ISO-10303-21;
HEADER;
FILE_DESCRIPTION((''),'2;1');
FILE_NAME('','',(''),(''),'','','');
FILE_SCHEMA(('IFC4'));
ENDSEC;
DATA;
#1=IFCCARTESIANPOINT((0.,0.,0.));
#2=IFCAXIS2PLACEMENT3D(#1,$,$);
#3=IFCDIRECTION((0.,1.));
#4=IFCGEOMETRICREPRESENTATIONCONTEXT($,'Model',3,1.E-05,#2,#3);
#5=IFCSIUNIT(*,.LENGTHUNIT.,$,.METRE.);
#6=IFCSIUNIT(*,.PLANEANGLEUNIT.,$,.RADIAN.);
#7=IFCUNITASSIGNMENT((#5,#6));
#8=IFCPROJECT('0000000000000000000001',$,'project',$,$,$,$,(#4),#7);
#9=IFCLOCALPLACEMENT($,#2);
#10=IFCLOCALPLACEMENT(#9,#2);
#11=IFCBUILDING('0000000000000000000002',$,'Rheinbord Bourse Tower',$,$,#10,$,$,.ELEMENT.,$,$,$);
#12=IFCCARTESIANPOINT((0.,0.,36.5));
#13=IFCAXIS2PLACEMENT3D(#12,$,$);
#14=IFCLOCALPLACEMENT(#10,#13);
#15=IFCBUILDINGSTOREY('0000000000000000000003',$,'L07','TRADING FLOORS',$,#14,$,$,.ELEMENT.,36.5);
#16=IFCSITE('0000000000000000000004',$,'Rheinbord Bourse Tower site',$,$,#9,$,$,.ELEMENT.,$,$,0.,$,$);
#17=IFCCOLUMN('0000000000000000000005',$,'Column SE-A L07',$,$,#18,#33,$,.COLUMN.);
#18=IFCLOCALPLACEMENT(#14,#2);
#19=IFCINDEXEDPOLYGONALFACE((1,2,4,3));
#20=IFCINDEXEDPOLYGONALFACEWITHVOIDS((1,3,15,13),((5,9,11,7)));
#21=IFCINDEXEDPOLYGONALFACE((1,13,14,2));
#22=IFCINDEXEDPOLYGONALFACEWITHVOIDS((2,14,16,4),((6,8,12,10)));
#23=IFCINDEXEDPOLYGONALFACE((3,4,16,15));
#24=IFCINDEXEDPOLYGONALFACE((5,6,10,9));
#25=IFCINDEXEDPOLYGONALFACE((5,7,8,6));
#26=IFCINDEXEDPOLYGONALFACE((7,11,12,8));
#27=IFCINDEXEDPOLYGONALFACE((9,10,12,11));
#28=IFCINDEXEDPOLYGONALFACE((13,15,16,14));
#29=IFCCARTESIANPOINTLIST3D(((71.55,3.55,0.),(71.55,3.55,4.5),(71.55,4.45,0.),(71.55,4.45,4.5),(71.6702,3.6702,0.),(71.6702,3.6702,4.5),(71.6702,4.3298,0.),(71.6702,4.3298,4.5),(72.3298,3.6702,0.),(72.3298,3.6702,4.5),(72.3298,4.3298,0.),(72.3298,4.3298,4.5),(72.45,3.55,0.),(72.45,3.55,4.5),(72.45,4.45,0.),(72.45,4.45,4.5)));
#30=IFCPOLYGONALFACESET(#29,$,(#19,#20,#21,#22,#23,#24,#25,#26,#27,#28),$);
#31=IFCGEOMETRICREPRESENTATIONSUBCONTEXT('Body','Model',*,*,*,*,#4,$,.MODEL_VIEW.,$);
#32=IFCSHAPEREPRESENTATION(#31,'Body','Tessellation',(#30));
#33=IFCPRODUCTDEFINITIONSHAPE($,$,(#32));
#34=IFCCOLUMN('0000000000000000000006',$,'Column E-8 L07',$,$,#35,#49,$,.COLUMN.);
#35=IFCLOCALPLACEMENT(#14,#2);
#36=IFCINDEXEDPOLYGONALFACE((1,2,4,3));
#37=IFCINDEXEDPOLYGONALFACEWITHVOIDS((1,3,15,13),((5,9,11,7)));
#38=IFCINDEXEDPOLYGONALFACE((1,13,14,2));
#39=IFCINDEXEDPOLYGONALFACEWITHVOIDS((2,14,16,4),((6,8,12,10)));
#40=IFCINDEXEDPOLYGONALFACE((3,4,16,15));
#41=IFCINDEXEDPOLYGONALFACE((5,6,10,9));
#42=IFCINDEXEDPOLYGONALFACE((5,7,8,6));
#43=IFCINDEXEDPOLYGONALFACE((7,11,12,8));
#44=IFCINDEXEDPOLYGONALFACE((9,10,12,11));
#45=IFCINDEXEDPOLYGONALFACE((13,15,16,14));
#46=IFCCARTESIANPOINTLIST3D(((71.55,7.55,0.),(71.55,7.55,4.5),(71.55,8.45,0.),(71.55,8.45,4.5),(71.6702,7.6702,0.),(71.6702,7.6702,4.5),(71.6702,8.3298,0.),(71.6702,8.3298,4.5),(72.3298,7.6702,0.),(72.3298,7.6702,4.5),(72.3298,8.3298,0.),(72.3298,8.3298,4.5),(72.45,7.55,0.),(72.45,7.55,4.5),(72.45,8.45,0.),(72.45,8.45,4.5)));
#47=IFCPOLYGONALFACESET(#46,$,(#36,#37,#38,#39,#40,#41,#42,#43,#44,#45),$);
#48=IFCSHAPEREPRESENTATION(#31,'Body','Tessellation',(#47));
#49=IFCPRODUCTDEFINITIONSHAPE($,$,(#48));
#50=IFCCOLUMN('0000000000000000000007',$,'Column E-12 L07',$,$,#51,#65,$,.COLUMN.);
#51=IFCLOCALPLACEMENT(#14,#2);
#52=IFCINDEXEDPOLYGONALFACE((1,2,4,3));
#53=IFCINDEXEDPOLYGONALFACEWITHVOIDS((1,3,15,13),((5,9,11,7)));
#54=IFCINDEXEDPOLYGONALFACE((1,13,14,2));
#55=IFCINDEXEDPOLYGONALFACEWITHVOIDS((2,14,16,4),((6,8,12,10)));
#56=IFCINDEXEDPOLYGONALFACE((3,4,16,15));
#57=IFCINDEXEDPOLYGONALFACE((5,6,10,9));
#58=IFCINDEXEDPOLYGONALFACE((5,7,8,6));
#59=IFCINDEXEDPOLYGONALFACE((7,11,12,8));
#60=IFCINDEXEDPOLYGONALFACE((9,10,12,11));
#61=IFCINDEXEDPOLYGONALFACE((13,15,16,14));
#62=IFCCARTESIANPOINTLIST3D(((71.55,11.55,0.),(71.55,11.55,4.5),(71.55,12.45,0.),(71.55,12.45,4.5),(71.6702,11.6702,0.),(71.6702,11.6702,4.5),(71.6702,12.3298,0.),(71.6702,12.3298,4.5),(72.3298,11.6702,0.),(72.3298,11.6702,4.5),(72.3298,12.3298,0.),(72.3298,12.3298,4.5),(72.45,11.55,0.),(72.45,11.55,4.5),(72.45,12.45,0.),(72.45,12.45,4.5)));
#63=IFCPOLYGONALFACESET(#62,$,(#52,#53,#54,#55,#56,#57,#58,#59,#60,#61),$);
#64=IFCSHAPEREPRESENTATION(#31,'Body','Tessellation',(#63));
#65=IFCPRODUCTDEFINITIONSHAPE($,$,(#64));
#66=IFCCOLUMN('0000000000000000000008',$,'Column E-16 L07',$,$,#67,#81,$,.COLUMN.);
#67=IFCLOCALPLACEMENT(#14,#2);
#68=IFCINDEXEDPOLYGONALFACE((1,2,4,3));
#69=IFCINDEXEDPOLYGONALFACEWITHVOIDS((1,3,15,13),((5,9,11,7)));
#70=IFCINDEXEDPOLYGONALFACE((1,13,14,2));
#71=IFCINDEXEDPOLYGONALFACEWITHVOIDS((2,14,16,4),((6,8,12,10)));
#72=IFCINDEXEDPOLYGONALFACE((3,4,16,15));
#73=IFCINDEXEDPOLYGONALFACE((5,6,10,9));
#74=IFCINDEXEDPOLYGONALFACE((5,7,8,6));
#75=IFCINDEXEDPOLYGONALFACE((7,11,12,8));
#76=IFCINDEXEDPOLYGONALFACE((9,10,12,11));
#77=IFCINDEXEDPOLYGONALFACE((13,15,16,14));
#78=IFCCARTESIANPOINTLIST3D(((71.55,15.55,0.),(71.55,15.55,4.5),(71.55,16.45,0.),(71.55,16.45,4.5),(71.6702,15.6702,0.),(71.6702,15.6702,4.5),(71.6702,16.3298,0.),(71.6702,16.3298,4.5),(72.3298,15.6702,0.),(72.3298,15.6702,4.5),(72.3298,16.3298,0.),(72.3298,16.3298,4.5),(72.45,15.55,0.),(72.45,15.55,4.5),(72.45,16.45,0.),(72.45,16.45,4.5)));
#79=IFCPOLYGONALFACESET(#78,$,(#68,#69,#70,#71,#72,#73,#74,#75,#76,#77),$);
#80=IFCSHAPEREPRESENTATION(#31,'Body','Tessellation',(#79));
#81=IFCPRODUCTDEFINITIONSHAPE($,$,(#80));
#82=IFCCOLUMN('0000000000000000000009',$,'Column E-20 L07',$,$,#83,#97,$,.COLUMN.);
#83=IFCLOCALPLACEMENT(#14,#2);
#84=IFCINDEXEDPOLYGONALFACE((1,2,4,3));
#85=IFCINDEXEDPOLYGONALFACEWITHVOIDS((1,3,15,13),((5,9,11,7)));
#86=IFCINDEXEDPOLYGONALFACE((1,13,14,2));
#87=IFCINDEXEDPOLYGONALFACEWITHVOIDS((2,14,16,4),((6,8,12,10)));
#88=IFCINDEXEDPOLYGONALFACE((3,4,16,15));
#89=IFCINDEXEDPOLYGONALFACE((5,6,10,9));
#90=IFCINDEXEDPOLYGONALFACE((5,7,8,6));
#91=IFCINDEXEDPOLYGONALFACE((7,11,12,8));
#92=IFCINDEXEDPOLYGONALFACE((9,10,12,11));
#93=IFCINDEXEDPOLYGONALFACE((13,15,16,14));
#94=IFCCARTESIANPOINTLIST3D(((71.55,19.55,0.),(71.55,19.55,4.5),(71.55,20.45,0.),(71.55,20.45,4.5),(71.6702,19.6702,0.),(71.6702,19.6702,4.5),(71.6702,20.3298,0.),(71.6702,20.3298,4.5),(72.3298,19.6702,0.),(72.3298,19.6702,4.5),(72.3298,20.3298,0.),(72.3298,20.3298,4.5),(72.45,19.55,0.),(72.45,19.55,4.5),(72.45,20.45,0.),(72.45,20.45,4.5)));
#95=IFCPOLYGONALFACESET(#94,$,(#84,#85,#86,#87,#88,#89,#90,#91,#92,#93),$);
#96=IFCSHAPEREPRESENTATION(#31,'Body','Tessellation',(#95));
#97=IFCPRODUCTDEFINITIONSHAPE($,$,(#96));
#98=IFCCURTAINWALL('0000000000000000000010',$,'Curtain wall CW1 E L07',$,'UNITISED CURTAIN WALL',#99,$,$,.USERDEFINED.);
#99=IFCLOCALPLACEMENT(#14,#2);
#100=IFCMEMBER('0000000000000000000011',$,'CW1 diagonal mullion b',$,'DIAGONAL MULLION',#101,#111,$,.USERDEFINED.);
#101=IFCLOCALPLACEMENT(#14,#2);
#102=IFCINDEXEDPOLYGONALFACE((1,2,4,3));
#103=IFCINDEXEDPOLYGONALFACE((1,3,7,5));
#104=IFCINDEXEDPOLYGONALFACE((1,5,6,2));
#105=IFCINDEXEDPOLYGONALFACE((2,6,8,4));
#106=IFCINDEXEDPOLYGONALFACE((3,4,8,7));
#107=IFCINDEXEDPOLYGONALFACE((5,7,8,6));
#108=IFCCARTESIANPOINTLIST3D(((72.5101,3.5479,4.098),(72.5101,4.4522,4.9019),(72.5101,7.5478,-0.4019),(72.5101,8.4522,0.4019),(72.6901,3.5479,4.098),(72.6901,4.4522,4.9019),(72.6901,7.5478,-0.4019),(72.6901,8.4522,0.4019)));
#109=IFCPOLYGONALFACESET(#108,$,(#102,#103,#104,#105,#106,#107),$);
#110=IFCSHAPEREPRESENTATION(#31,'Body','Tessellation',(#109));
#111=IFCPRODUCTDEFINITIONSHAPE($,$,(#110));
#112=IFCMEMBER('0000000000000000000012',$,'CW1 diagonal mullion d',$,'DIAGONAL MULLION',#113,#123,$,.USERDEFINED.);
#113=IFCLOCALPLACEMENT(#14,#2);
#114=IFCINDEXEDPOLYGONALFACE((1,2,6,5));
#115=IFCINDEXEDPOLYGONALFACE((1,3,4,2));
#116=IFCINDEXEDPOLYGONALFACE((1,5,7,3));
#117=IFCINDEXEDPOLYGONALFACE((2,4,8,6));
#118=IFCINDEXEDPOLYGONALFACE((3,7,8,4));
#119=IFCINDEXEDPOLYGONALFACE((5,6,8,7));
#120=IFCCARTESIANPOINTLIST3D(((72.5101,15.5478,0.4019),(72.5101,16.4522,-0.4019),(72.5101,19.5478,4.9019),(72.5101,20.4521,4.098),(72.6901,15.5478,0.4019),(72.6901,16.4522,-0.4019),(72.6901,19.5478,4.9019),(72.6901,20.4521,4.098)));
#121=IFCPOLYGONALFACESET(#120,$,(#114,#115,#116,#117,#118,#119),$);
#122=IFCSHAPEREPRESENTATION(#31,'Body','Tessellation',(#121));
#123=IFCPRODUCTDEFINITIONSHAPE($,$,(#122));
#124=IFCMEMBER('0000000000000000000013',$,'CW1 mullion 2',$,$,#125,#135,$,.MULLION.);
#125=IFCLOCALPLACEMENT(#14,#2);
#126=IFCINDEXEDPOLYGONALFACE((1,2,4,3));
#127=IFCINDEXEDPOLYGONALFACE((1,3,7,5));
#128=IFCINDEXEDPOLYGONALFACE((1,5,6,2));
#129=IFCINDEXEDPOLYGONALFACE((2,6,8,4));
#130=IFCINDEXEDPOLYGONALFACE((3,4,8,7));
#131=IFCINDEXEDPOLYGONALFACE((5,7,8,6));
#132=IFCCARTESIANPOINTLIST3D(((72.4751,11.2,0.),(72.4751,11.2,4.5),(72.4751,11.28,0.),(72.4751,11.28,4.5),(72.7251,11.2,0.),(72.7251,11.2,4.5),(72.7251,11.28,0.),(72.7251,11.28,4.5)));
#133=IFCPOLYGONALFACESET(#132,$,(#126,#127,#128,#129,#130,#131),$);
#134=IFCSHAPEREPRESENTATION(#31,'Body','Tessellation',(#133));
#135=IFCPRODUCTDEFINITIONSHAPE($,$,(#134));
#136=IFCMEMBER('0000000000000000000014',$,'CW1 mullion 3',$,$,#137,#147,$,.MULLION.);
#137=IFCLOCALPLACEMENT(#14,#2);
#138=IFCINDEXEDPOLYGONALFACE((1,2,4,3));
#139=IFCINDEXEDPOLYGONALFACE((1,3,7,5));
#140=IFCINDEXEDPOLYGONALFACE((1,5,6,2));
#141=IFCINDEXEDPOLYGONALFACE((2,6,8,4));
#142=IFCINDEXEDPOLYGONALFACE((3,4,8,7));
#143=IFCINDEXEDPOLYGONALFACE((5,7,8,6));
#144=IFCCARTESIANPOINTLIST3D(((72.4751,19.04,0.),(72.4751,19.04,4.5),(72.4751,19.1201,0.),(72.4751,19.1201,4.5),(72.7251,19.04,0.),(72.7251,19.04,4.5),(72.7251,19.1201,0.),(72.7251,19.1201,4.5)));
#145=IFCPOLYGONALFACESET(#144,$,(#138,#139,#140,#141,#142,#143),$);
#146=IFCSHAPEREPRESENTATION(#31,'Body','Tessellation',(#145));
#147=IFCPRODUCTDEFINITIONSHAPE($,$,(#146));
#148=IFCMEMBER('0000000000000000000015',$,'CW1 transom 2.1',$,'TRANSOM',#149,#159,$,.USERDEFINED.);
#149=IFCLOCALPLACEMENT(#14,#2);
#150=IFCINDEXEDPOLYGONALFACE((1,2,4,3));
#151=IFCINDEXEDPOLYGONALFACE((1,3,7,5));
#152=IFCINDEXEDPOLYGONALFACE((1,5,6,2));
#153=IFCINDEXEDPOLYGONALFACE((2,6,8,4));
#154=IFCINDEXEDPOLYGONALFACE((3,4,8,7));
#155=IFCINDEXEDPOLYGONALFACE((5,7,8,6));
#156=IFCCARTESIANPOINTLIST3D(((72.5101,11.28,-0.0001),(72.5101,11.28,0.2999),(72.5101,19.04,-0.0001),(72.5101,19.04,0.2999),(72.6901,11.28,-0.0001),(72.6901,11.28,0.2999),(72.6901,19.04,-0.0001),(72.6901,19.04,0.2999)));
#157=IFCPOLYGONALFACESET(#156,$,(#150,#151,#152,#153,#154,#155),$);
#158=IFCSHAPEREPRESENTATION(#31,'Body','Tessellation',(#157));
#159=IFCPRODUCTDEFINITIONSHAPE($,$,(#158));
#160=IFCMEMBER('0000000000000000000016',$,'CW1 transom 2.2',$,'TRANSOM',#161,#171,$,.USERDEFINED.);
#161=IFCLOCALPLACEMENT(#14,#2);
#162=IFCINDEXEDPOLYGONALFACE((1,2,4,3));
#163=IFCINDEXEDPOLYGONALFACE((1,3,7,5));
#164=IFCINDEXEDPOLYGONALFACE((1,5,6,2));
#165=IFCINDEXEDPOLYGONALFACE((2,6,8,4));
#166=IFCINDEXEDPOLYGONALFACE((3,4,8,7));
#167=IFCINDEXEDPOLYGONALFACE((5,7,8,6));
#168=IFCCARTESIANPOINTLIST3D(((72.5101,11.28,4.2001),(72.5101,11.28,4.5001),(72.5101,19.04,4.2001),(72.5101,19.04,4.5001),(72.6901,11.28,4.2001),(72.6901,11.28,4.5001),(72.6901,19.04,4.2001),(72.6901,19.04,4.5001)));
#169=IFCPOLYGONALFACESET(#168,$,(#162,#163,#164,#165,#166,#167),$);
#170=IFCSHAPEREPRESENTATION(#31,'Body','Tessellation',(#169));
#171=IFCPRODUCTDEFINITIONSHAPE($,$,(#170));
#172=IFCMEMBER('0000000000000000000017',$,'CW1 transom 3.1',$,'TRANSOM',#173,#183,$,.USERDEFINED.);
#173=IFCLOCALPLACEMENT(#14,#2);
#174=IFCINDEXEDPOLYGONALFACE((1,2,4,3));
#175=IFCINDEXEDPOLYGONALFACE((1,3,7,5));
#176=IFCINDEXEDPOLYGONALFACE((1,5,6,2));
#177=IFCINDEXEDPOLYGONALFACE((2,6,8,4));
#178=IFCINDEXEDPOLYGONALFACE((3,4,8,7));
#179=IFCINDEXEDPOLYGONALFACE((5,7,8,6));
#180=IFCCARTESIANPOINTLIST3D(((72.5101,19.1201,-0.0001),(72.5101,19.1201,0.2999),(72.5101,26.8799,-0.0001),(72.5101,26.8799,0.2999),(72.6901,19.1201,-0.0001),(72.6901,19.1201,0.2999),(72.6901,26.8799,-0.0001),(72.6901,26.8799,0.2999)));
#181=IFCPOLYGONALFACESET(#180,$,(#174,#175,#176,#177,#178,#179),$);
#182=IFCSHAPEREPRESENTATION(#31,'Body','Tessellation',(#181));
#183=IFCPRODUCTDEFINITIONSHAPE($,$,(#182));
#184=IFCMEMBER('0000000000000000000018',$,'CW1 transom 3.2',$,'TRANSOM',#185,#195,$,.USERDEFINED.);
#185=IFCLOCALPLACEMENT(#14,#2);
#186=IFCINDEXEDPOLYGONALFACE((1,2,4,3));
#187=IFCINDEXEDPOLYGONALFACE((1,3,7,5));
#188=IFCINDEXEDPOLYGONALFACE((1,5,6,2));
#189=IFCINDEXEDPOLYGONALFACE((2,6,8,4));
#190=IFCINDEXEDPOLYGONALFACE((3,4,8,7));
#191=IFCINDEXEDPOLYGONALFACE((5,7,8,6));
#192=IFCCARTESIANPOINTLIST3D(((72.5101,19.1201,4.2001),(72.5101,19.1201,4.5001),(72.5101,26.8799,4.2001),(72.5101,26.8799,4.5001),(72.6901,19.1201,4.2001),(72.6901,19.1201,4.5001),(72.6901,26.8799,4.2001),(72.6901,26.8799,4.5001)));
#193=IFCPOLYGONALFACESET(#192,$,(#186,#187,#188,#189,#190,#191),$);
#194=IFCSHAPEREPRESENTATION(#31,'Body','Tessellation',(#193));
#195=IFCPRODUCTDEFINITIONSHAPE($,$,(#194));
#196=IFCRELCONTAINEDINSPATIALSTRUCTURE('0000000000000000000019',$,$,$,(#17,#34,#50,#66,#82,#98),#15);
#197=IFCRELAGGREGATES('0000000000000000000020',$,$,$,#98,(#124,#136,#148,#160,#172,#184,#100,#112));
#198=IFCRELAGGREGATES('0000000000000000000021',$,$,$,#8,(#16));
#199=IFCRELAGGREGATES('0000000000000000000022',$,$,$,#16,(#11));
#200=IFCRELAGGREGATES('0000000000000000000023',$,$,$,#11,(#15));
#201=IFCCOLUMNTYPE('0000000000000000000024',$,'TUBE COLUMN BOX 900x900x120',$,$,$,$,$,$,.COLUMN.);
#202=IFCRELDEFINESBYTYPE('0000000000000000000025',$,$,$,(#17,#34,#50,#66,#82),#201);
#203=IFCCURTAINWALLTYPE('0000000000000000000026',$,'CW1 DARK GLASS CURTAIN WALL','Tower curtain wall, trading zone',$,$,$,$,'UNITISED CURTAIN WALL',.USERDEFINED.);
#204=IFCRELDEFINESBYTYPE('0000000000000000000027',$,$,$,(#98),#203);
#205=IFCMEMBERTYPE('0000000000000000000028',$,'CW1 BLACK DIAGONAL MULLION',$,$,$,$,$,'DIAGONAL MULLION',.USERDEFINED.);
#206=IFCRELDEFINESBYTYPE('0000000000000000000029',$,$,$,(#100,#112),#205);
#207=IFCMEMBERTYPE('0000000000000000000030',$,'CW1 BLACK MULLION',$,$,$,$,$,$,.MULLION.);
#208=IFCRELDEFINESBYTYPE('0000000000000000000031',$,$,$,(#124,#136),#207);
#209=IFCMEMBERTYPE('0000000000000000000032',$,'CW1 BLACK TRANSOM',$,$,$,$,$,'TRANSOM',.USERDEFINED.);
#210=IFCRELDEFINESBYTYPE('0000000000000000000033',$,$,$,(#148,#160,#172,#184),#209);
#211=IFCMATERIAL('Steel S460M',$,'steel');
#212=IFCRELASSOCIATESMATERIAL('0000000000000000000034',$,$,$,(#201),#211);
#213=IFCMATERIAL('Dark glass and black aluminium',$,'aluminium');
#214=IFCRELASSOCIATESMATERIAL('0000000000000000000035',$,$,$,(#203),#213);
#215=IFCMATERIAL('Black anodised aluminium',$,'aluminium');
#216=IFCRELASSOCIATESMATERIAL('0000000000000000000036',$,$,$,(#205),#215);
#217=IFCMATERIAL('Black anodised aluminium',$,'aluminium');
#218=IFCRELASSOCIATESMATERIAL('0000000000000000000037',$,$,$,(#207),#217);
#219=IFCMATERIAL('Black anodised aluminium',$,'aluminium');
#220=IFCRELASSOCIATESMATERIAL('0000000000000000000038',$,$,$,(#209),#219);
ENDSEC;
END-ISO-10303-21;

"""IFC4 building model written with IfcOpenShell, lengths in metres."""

from ifc_helpers import new_model, si_unit, direction, frame, origin, origin_2d, place, context, subcontext, project, spatial, rectangle, hollow_rectangle, extrude, material, material_profile, profile_set, type_object, element, aggregate, save


model = new_model("IFC4")

# Units and contexts
model_context = context("Model", 3, precision=1e-05, world=origin(), true_north=direction((0.0, 1.0)))
body_context = subcontext(model_context, "Body", "Model", "MODEL_VIEW")
ifc_project = project(units=[si_unit("LENGTHUNIT", "METRE"), si_unit("PLANEANGLEUNIT", "RADIAN")], contexts=[model_context])

# Site, building, storey
site_placement = place(None, origin())
site = spatial("IfcSite", under=ifc_project, at=site_placement, Name="Rheinbord Bourse Tower site", CompositionType="ELEMENT", RefElevation=0.0)
building_placement = place(site_placement, origin())
building = spatial("IfcBuilding", under=site, at=building_placement, Name="Rheinbord Bourse Tower", CompositionType="ELEMENT")
storey_placement = place(building_placement, frame((0.0, 0.0, 36.5)))
storey = spatial("IfcBuildingStorey", under=building, at=storey_placement, Name="L07", Description="TRADING FLOORS", CompositionType="ELEMENT", Elevation=36.5)

# Columns
ifc_material_1 = material(Name="Steel S460M", Category="steel")
ifc_material_profile_1 = material_profile(ifc_material_1, hollow_rectangle(XDim=0.8999, YDim=0.8999, WallThickness=0.1201, at=origin_2d()), Name="BOX 900x900x120")
ifc_profile_set_1 = profile_set([ifc_material_profile_1], Name="Steel S460M")
column_type = type_object("IfcColumnType", Name="TUBE COLUMN BOX 900x900x120", PredefinedType="COLUMN", material=ifc_profile_set_1)
for number, where, z_axis, x_axis, name in (
    (1, (72.0, 4.0, 0.0), (0.0, 0.0, 1.0), (1.0, 0.0, 0.0), "Column SE-A L07"),
    (2, (72.0, 8.0, 0.0), (0.0, 0.0, 1.0), (1.0, 0.0, 0.0), "Column E-8 L07"),
    (3, (72.0, 12.0, 0.0), (0.0, 0.0, 1.0), (1.0, 0.0, 0.0), "Column E-12 L07"),
    (4, (72.0, 16.0, 0.0), (0.0, 0.0, 1.0), (1.0, 0.0, 0.0), "Column E-16 L07"),
    (5, (72.0, 20.0, 0.0), (0.0, 0.0, 1.0), (1.0, 0.0, 0.0), "Column E-20 L07"),
):
    element("IfcColumn", number, at=place(storey_placement, frame(where, z_axis=z_axis, x_axis=x_axis)), inside=storey, type_object=column_type, Name=name, PredefinedType="COLUMN", context=body_context, shape_type="SweptSolid", body=[
        extrude(hollow_rectangle(XDim=0.8999, YDim=0.8999, WallThickness=0.1201, at=origin_2d()), origin(), (0.0, 0.0, 1.0), 4.5),
    ])

# Curtain wall, members
ifc_material_2 = material(Name="Dark glass and black aluminium", Category="aluminium")
curtain_wall_type = type_object("IfcCurtainWallType", Name="CW1 DARK GLASS CURTAIN WALL", Description="Tower curtain wall, trading zone", ElementType="UNITISED CURTAIN WALL", PredefinedType="USERDEFINED", material=ifc_material_2)
curtain_wall_placement = place(storey_placement, origin())
curtain_wall = element("IfcCurtainWall", 6, at=curtain_wall_placement, inside=storey, type_object=curtain_wall_type, Name="Curtain wall CW1 E L07", ObjectType="UNITISED CURTAIN WALL", PredefinedType="USERDEFINED")
ifc_material_3 = material(Name="Black anodised aluminium", Category="aluminium")
ifc_material_profile_2 = material_profile(ifc_material_3, rectangle(XDim=0.1799, YDim=1.21, at=origin_2d()), Name="CW1 DIAGONAL MULLION 1210x180")
ifc_profile_set_2 = profile_set([ifc_material_profile_2], Name="Black anodised aluminium")
member_type_1 = type_object("IfcMemberType", Name="CW1 BLACK DIAGONAL MULLION", ElementType="DIAGONAL MULLION", PredefinedType="USERDEFINED", material=ifc_profile_set_2)
member_1_placement = place(storey_placement, frame((72.6001, 8.0, 0.0), z_axis=(0.0, -0.664364, 0.747409), x_axis=(1.0, 0.0, 0.0)))
member_1 = element("IfcMember", 7, at=member_1_placement, type_object=member_type_1, Name="CW1 diagonal mullion b", ObjectType="DIAGONAL MULLION", PredefinedType="USERDEFINED", context=body_context, shape_type="SweptSolid", body=[
    extrude(rectangle(XDim=0.1799, YDim=1.21, at=origin_2d()), origin(), (0.0, 0.0, 1.0), 6.0208),
])
member_2_placement = place(storey_placement, frame((72.6001, 16.0, 0.0), z_axis=(0.0, 0.664364, 0.747409), x_axis=(-1.0, 0.0, 0.0)))
member_2 = element("IfcMember", 8, at=member_2_placement, type_object=member_type_1, Name="CW1 diagonal mullion d", ObjectType="DIAGONAL MULLION", PredefinedType="USERDEFINED", context=body_context, shape_type="SweptSolid", body=[
    extrude(rectangle(XDim=0.1799, YDim=1.21, at=origin_2d()), origin(), (0.0, 0.0, 1.0), 6.0208),
])
ifc_material_4 = material(Name="Black anodised aluminium", Category="aluminium")
ifc_material_profile_3 = material_profile(ifc_material_4, rectangle(XDim=0.25, YDim=0.0801, at=origin_2d()), Name="CW1 MULLION 80x250")
ifc_profile_set_3 = profile_set([ifc_material_profile_3], Name="Black anodised aluminium")
member_type_2 = type_object("IfcMemberType", Name="CW1 BLACK MULLION", PredefinedType="MULLION", material=ifc_profile_set_3)
member_3_placement = place(storey_placement, frame((72.6001, 11.24, 0.0), z_axis=(0.0, 0.0, 1.0), x_axis=(-1.0, 0.0, 0.0)))
member_3 = element("IfcMember", 9, at=member_3_placement, type_object=member_type_2, Name="CW1 mullion 2", PredefinedType="MULLION", context=body_context, shape_type="SweptSolid", body=[
    extrude(rectangle(XDim=0.25, YDim=0.0801, at=origin_2d()), origin(), (0.0, 0.0, 1.0), 4.5),
])
member_4_placement = place(storey_placement, frame((72.6001, 19.0801, 0.0), z_axis=(0.0, 0.0, 1.0), x_axis=(-1.0, 0.0, 0.0)))
member_4 = element("IfcMember", 10, at=member_4_placement, type_object=member_type_2, Name="CW1 mullion 3", PredefinedType="MULLION", context=body_context, shape_type="SweptSolid", body=[
    extrude(rectangle(XDim=0.25, YDim=0.0801, at=origin_2d()), origin(), (0.0, 0.0, 1.0), 4.5),
])
ifc_material_5 = material(Name="Black anodised aluminium", Category="aluminium")
ifc_material_profile_4 = material_profile(ifc_material_5, rectangle(XDim=0.1799, YDim=0.3, at=origin_2d()), Name="CW1 TRANSOM 300x180")
ifc_profile_set_4 = profile_set([ifc_material_profile_4], Name="Black anodised aluminium")
member_type_3 = type_object("IfcMemberType", Name="CW1 BLACK TRANSOM", ElementType="TRANSOM", PredefinedType="USERDEFINED", material=ifc_profile_set_4)
member_5_placement = place(storey_placement, frame((72.6001, 11.28, 0.1499), z_axis=(0.0, 1.0, 0.0), x_axis=(-1.0, 0.0, 0.0)))
member_5 = element("IfcMember", 11, at=member_5_placement, type_object=member_type_3, Name="CW1 transom 2.1", ObjectType="TRANSOM", PredefinedType="USERDEFINED", context=body_context, shape_type="SweptSolid", body=[
    extrude(rectangle(XDim=0.1799, YDim=0.3, at=origin_2d()), origin(), (0.0, 0.0, 1.0), 7.76),
])
member_6_placement = place(storey_placement, frame((72.6001, 11.28, 4.3501), z_axis=(0.0, 1.0, 0.0), x_axis=(-1.0, 0.0, 0.0)))
member_6 = element("IfcMember", 12, at=member_6_placement, type_object=member_type_3, Name="CW1 transom 2.2", ObjectType="TRANSOM", PredefinedType="USERDEFINED", context=body_context, shape_type="SweptSolid", body=[
    extrude(rectangle(XDim=0.1799, YDim=0.3, at=origin_2d()), origin(), (0.0, 0.0, 1.0), 7.76),
])
member_7_placement = place(storey_placement, frame((72.6001, 19.1201, 0.1499), z_axis=(0.0, 1.0, 0.0), x_axis=(-1.0, 0.0, 0.0)))
member_7 = element("IfcMember", 13, at=member_7_placement, type_object=member_type_3, Name="CW1 transom 3.1", ObjectType="TRANSOM", PredefinedType="USERDEFINED", context=body_context, shape_type="SweptSolid", body=[
    extrude(rectangle(XDim=0.1799, YDim=0.3, at=origin_2d()), origin(), (0.0, 0.0, 1.0), 7.7598),
])
member_8_placement = place(storey_placement, frame((72.6001, 19.1201, 4.3501), z_axis=(0.0, 1.0, 0.0), x_axis=(-1.0, 0.0, 0.0)))
member_8 = element("IfcMember", 14, at=member_8_placement, type_object=member_type_3, Name="CW1 transom 3.2", ObjectType="TRANSOM", PredefinedType="USERDEFINED", context=body_context, shape_type="SweptSolid", body=[
    extrude(rectangle(XDim=0.1799, YDim=0.3, at=origin_2d()), origin(), (0.0, 0.0, 1.0), 7.7598),
])

aggregate(curtain_wall, [member_3, member_4, member_5, member_6, member_7, member_8, member_1, member_2])

save(model, "model.ifc")
